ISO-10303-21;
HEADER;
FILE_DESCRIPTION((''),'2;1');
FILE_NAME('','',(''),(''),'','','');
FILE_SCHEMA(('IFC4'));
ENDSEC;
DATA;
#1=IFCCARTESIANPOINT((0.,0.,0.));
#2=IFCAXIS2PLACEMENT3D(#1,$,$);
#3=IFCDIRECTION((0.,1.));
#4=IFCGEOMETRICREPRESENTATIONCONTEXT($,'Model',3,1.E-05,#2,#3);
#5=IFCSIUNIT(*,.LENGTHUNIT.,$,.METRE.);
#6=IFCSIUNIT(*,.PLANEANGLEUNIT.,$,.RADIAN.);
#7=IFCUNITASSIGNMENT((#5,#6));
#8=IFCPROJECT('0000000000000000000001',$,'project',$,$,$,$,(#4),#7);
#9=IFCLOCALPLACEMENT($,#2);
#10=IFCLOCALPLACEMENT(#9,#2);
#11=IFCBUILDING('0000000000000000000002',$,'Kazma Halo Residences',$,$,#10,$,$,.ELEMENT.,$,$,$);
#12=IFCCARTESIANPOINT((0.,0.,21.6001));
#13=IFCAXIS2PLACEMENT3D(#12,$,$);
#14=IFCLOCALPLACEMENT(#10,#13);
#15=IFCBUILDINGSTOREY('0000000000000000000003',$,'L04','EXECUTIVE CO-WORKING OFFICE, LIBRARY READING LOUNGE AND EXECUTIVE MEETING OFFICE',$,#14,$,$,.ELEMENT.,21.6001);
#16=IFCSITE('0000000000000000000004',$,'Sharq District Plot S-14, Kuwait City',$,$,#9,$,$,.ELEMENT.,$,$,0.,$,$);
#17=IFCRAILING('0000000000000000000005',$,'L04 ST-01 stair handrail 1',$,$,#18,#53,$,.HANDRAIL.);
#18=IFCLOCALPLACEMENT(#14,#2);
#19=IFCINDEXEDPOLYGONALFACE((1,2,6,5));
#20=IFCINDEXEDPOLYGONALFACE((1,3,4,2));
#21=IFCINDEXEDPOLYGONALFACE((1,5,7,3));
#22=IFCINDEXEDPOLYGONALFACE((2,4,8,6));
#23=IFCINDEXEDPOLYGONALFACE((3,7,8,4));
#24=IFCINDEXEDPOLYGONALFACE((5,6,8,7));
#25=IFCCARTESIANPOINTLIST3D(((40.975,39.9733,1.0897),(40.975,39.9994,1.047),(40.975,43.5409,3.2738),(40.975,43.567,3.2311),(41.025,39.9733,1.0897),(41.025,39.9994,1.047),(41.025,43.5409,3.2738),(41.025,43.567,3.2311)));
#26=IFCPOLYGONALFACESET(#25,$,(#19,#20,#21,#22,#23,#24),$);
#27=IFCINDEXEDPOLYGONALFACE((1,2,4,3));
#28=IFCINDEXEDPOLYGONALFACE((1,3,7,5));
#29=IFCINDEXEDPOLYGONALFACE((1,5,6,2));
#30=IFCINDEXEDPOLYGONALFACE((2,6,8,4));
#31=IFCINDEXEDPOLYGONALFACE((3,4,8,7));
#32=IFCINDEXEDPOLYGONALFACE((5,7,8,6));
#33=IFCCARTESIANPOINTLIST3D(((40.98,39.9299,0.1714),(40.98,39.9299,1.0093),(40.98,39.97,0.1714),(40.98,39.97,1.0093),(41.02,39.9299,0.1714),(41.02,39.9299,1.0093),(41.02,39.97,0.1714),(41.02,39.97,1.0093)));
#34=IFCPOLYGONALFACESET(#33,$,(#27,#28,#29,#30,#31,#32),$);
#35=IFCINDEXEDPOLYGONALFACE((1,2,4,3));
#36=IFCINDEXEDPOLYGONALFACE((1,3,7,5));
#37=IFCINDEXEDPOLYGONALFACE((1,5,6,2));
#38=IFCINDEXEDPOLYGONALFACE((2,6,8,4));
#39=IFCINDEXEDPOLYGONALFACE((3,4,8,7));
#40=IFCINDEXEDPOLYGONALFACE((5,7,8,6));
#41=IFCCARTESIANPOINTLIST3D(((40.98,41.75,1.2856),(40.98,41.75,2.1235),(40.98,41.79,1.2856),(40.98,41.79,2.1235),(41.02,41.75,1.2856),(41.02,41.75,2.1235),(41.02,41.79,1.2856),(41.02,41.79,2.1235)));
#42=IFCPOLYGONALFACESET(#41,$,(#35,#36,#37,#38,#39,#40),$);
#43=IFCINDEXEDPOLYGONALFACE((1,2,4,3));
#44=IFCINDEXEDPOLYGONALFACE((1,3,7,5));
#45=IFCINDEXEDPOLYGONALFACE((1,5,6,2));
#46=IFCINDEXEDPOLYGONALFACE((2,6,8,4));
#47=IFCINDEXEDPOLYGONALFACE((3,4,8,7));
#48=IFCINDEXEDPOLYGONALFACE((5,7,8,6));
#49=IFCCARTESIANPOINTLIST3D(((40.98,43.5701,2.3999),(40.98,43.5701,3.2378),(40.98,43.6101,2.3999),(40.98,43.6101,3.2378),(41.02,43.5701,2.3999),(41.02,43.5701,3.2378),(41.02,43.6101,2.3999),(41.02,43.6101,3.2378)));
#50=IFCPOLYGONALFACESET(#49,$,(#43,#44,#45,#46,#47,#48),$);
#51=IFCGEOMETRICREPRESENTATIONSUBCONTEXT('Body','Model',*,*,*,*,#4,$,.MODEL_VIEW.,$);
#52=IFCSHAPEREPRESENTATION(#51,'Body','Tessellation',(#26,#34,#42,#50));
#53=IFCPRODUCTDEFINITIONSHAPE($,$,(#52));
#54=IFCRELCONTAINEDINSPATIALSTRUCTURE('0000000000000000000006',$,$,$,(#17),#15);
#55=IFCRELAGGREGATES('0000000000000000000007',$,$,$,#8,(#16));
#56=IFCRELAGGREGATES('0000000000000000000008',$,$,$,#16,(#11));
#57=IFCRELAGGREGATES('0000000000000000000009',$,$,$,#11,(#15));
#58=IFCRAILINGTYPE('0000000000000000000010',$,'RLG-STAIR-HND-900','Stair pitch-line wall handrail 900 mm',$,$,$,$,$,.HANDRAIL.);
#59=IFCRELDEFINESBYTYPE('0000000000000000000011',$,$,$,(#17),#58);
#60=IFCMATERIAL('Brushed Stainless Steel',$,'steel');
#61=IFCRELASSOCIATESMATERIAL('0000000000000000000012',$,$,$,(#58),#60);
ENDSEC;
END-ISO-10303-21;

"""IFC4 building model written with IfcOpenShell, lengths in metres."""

from ifc_helpers import new_model, si_unit, direction, frame, origin, origin_2d, place, context, subcontext, project, spatial, rectangle, extrude, material, type_object, element, save


model = new_model("IFC4")

# Units and contexts
model_context = context("Model", 3, precision=1e-05, world=origin(), true_north=direction((0.0, 1.0)))
body_context = subcontext(model_context, "Body", "Model", "MODEL_VIEW")
ifc_project = project(units=[si_unit("LENGTHUNIT", "METRE"), si_unit("PLANEANGLEUNIT", "RADIAN")], contexts=[model_context])

# Site, building, storey
site_placement = place(None, origin())
site = spatial("IfcSite", under=ifc_project, at=site_placement, Name="Sharq District Plot S-14, Kuwait City", CompositionType="ELEMENT", RefElevation=0.0)
building_placement = place(site_placement, origin())
building = spatial("IfcBuilding", under=site, at=building_placement, Name="Kazma Halo Residences", CompositionType="ELEMENT")
storey_placement = place(building_placement, frame((0.0, 0.0, 21.6001)))
storey = spatial("IfcBuildingStorey", under=building, at=storey_placement, Name="L04", Description="EXECUTIVE CO-WORKING OFFICE, LIBRARY READING LOUNGE AND EXECUTIVE MEETING OFFICE", CompositionType="ELEMENT", Elevation=21.6001)

# Railing
ifc_material_1 = material(Name="Brushed Stainless Steel", Category="steel")
railing_type_1 = type_object("IfcRailingType", Name="RLG-STAIR-HND-900", Description="Stair pitch-line wall handrail 900 mm", PredefinedType="HANDRAIL", material=ifc_material_1)
railing_1_placement = place(storey_placement, frame((41.0, 39.95, 0.1714)))
element("IfcRailing", 1, at=railing_1_placement, inside=storey, type_object=railing_type_1, Name="L04 ST-01 stair handrail 1", PredefinedType="HANDRAIL", context=body_context, shape_type="SweptSolid", body=[
    extrude(rectangle(XDim=0.05, YDim=0.05, at=origin_2d()), frame((0.0, 0.0364, 0.897), z_axis=(0.0, 0.852866, 0.52213), x_axis=(-1.0, 0.0, 0.0)), (0.0, 0.0, 1.0), 4.1831),
    extrude(rectangle(XDim=0.04, YDim=0.04, at=origin_2d()), origin(), (0.0, 0.0, 1.0), 0.8379),
    extrude(rectangle(XDim=0.04, YDim=0.04, at=origin_2d()), frame((0.0, 1.8201, 1.1143)), (0.0, 0.0, 1.0), 0.8379),
    extrude(rectangle(XDim=0.04, YDim=0.04, at=origin_2d()), frame((0.0, 3.6401, 2.2285)), (0.0, 0.0, 1.0), 0.8379),
])

save(model, "model.ifc")
